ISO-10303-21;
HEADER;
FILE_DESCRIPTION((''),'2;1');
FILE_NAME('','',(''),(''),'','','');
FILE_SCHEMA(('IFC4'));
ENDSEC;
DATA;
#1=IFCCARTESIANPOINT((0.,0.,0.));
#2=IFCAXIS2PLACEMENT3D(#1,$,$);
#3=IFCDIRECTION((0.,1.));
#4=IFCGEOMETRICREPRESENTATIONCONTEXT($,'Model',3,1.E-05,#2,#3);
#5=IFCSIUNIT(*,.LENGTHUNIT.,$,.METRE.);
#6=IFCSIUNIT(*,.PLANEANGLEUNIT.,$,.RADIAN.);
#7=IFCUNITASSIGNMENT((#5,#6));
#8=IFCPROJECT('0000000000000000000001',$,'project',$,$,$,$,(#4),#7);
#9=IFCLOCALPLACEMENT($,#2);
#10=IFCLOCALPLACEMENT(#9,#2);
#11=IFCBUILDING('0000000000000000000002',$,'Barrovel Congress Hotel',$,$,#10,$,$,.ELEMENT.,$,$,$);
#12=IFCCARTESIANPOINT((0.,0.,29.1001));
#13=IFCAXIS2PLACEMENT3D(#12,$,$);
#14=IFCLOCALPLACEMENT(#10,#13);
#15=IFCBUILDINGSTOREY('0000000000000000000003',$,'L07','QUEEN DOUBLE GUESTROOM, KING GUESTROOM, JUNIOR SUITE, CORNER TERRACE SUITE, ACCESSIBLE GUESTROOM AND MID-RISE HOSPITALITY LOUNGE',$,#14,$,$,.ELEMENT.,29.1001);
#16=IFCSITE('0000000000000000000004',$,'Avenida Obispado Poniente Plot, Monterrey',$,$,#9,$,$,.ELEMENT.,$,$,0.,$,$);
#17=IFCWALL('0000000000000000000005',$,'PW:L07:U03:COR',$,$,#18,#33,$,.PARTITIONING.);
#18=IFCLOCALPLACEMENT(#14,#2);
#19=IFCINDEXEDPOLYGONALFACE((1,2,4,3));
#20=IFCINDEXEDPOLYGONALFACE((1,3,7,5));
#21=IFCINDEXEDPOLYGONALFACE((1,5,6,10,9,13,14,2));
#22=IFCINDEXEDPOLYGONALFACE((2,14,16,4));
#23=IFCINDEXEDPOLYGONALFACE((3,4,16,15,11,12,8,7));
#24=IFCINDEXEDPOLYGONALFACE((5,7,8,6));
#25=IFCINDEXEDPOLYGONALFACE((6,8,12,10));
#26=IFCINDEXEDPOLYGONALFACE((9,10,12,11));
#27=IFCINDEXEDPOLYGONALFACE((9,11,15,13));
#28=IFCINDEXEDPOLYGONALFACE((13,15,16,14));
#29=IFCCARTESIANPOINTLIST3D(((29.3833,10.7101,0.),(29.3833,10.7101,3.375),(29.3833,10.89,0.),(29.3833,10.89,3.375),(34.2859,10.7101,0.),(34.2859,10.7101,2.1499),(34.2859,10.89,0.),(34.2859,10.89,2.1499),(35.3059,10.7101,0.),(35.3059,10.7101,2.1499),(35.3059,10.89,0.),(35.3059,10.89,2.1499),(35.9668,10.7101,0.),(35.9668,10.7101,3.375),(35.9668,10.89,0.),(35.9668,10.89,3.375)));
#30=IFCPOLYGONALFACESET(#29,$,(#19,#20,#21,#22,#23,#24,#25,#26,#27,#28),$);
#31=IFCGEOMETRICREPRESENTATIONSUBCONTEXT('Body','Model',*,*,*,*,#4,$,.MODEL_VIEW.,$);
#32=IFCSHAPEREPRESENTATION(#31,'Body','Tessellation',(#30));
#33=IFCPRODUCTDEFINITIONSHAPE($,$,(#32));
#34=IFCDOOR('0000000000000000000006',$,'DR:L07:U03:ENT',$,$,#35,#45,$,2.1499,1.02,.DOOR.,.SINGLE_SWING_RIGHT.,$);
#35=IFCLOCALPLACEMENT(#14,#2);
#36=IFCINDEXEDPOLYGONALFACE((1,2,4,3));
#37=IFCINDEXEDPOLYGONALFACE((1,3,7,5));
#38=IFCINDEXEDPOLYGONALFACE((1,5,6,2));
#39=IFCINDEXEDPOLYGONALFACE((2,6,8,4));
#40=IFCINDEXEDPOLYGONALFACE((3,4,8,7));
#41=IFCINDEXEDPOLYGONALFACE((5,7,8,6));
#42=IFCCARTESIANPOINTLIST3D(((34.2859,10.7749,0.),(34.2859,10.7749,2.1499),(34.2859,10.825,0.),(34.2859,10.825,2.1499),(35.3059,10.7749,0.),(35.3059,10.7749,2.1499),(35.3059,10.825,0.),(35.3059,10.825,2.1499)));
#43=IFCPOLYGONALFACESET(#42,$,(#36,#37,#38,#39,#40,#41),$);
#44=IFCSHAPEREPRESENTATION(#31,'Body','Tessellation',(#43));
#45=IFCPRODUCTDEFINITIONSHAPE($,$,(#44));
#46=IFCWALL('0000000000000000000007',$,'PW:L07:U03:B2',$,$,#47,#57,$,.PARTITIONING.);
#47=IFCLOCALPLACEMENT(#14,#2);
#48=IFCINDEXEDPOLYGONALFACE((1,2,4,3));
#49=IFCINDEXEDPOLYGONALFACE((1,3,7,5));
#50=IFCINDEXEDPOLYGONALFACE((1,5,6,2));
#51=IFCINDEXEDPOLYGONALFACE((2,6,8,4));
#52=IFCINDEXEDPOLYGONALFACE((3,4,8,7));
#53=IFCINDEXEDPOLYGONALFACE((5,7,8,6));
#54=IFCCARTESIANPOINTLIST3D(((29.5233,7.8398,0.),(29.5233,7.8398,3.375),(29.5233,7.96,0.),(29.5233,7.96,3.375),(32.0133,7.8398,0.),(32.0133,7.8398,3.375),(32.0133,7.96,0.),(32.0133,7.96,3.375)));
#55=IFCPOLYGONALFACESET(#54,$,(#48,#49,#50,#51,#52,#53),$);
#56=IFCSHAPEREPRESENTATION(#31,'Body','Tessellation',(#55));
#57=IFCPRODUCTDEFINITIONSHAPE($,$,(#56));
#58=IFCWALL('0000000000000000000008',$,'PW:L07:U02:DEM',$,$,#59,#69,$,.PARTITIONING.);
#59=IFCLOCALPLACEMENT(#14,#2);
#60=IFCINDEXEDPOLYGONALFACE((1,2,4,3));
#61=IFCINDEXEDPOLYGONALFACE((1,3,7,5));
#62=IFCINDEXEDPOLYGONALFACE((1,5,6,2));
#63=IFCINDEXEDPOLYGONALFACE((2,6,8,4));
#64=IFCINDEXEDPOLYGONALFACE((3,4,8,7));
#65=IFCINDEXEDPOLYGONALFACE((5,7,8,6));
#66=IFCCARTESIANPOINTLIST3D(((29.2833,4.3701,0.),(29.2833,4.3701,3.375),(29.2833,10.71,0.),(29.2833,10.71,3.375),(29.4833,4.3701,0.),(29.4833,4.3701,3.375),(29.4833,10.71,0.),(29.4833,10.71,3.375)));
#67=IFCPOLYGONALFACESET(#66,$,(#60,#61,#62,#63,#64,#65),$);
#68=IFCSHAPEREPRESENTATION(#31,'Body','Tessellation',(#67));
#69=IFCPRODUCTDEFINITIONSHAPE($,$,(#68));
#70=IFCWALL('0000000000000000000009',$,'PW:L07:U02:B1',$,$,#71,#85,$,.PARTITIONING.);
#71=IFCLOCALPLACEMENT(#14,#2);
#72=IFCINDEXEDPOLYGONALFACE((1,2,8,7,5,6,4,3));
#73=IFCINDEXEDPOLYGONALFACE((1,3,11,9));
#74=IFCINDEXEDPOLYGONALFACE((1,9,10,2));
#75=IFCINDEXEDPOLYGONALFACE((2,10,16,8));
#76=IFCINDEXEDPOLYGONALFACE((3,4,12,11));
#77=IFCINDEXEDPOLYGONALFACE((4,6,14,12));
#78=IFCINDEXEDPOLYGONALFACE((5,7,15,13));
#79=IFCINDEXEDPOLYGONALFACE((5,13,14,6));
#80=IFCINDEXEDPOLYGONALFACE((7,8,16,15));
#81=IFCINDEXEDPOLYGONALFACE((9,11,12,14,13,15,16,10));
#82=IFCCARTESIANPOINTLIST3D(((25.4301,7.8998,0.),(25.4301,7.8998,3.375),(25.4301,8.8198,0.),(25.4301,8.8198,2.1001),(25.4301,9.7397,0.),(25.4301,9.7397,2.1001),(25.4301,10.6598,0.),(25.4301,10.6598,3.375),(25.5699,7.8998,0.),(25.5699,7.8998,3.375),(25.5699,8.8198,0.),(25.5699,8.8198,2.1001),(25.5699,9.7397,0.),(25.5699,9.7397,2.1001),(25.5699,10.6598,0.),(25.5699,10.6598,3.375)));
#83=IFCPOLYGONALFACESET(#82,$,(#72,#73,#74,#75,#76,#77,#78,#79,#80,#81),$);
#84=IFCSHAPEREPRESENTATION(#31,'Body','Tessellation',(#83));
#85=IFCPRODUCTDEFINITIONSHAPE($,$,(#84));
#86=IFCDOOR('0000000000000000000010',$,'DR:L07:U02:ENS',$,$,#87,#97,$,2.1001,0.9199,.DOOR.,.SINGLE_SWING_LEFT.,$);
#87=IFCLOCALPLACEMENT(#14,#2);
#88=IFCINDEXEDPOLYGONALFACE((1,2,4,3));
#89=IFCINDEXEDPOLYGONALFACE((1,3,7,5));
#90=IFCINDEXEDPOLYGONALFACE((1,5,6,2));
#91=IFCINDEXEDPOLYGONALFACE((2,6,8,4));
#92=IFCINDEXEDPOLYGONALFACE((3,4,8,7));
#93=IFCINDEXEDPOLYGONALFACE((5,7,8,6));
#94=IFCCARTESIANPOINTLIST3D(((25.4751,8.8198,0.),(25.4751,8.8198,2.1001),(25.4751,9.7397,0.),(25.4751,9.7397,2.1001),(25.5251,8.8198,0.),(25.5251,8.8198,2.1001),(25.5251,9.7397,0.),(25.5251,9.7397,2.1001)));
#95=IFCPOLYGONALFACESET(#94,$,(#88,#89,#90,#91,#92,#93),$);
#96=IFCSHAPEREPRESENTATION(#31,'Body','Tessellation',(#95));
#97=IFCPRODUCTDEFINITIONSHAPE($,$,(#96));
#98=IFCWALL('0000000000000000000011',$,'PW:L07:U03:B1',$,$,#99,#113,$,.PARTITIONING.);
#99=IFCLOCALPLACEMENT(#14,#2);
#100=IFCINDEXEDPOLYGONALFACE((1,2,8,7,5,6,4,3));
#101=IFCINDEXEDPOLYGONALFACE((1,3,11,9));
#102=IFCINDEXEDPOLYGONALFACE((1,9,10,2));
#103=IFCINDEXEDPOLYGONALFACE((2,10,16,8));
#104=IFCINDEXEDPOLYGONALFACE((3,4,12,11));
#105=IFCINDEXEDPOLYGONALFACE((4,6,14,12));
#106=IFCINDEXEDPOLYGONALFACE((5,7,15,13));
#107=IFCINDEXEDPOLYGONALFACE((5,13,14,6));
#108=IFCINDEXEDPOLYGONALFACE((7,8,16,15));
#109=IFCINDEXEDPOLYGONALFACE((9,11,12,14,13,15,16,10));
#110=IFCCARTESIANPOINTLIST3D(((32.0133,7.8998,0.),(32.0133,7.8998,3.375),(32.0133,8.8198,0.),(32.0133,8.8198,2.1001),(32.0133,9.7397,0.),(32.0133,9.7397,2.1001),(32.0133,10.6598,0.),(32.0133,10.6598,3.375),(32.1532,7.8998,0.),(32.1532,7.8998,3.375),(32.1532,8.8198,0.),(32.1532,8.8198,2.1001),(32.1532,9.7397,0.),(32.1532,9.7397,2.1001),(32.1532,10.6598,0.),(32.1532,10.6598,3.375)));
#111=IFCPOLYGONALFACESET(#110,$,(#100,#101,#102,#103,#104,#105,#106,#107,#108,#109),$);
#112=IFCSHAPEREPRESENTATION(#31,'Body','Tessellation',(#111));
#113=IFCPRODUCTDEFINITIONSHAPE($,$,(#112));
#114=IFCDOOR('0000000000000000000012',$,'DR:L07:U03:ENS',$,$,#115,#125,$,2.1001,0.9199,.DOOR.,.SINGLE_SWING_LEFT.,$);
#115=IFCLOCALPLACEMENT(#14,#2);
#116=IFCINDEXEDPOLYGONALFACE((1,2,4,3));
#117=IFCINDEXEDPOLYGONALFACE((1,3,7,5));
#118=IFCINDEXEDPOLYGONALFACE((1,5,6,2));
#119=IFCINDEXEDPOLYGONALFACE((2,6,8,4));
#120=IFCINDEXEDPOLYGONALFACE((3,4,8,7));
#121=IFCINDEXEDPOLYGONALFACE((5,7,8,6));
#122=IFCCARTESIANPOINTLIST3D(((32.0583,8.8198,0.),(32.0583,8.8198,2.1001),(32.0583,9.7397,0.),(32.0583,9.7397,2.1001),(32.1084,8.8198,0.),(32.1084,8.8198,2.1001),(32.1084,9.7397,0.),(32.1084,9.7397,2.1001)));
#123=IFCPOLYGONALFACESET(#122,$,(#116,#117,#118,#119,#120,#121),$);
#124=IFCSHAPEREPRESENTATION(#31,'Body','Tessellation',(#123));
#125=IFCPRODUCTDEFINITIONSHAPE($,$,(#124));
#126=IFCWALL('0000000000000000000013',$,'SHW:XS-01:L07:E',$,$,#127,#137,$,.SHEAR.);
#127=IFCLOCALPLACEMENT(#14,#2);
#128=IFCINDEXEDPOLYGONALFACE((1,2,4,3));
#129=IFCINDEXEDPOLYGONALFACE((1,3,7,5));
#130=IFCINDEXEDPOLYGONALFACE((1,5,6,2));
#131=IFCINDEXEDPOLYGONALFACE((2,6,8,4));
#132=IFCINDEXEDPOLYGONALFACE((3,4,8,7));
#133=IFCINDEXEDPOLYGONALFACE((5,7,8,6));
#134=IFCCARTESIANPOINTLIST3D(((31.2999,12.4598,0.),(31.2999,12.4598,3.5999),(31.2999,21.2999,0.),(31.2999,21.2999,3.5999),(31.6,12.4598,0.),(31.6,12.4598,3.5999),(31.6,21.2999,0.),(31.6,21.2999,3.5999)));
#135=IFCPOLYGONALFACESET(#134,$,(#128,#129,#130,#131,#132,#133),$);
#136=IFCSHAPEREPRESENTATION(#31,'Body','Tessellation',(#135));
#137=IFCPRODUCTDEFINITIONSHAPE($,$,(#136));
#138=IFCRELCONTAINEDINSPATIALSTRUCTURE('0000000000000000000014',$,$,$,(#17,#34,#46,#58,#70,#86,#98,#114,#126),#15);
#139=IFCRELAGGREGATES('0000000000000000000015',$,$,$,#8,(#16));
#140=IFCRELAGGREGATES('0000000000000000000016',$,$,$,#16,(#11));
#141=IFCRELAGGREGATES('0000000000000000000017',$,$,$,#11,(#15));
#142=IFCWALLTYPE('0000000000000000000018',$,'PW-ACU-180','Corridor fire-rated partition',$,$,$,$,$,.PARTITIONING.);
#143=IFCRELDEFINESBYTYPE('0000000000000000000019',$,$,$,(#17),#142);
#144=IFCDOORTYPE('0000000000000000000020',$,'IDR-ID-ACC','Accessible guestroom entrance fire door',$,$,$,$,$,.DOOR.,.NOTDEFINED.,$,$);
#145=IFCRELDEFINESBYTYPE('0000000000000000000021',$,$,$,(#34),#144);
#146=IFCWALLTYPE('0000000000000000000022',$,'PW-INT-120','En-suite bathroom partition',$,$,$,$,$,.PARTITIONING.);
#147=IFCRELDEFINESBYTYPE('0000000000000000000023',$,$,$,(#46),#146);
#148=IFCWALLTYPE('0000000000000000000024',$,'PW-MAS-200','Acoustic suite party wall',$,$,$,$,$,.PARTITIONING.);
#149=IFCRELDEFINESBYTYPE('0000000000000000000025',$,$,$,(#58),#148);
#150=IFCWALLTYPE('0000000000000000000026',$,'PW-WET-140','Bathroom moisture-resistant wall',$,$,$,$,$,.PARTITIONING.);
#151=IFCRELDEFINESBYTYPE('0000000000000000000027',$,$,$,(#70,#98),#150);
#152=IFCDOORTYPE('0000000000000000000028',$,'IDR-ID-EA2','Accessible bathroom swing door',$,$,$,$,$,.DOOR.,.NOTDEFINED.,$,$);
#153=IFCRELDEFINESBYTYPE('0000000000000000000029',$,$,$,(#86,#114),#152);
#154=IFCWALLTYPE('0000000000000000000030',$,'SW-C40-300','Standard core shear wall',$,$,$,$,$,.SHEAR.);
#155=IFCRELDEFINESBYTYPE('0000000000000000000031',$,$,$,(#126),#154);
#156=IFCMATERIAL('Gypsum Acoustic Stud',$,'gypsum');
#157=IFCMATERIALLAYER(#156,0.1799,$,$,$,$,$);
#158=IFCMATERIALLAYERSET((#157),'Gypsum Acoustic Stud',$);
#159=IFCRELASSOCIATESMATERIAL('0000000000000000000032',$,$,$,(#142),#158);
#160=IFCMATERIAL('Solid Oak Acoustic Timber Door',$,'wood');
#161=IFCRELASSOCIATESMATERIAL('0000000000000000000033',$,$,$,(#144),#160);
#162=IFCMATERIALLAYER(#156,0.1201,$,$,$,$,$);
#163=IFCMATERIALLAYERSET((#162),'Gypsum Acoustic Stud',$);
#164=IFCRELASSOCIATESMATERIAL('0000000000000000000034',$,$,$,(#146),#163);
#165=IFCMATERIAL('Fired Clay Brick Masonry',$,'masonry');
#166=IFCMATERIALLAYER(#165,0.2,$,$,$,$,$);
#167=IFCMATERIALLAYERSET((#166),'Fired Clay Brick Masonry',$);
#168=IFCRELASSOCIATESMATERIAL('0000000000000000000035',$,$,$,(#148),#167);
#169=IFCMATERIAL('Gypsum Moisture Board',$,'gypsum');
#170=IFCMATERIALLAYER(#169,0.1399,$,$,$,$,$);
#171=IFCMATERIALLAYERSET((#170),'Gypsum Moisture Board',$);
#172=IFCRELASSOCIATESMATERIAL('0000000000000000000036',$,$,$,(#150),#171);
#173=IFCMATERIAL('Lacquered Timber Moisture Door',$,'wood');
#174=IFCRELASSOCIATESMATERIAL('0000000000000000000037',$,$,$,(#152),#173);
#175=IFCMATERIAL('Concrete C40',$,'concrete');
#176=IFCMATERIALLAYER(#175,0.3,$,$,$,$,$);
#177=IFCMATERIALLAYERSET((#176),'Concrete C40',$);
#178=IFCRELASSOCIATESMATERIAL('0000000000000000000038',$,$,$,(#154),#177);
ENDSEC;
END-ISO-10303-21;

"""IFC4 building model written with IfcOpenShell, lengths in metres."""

from ifc_helpers import new_model, si_unit, direction, frame, frame_2d, origin, place, context, subcontext, project, spatial, rectangle, extrude, material, layer, layer_set, type_object, element, fill, save


model = new_model("IFC4")

# Units and contexts
model_context = context("Model", 3, precision=1e-05, world=origin(), true_north=direction((0.0, 1.0)))
body_context = subcontext(model_context, "Body", "Model", "MODEL_VIEW")
ifc_project = project(units=[si_unit("LENGTHUNIT", "METRE"), si_unit("PLANEANGLEUNIT", "RADIAN")], contexts=[model_context])

# Site, building, storey
site_placement = place(None, origin())
site = spatial("IfcSite", under=ifc_project, at=site_placement, Name="Avenida Obispado Poniente Plot, Monterrey", CompositionType="ELEMENT", RefElevation=0.0)
building_placement = place(site_placement, origin())
building = spatial("IfcBuilding", under=site, at=building_placement, Name="Barrovel Congress Hotel", CompositionType="ELEMENT")
storey_placement = place(building_placement, frame((0.0, 0.0, 29.1001)))
storey = spatial("IfcBuildingStorey", under=building, at=storey_placement, Name="L07", Description="QUEEN DOUBLE GUESTROOM, KING GUESTROOM, JUNIOR SUITE, CORNER TERRACE SUITE, ACCESSIBLE GUESTROOM AND MID-RISE HOSPITALITY LOUNGE", CompositionType="ELEMENT", Elevation=29.1001)

# Shared definitions
ifc_material_1 = material(Name="Concrete C40", Category="concrete")

# Shared definitions
ifc_material_2 = material(Name="Fired Clay Brick Masonry", Category="masonry")

# Wall, opening, door
ifc_material_3 = material(Name="Gypsum Acoustic Stud", Category="gypsum")
ifc_layer_1 = layer(ifc_material_3, 0.1799)
ifc_layer_set_1 = layer_set([ifc_layer_1], Name="Gypsum Acoustic Stud")
wall_type_1 = type_object("IfcWallType", Name="PW-ACU-180", Description="Corridor fire-rated partition", PredefinedType="PARTITIONING", material=ifc_layer_set_1)
wall_1_placement = place(storey_placement, frame((29.3833, 10.8, 0.0), z_axis=(0.0, 0.0, 1.0), x_axis=(1.0, 0.0, 0.0)))
wall_1 = element("IfcWall", 1, at=wall_1_placement, inside=storey, type_object=wall_type_1, Name="PW:L07:U03:COR", PredefinedType="PARTITIONING", context=body_context, shape_type="SweptSolid", body=[
    extrude(rectangle(XDim=6.5835, YDim=0.1799, at=frame_2d((3.2917, 0.0))), origin(), (0.0, 0.0, 1.0), 3.375),
])
opening_1_placement = place(wall_1_placement, frame((4.9026, 0.0, 0.0)))
opening_1 = element("IfcOpeningElement", 2, at=opening_1_placement, cuts=wall_1, PredefinedType="OPENING", context=body_context, shape_type="SweptSolid", body=[
    extrude(rectangle(XDim=1.02, YDim=2.1499, at=frame_2d((0.51, 1.075))), frame((0.0, 0.1001, 0.0), z_axis=(0.0, -1.0, 0.0), x_axis=(1.0, 0.0, 0.0)), (0.0, 0.0, 1.0), 0.2),
])
ifc_material_4 = material(Name="Solid Oak Acoustic Timber Door", Category="wood")
door_type_1 = type_object("IfcDoorType", Name="IDR-ID-ACC", Description="Accessible guestroom entrance fire door", OperationType="NOTDEFINED", PredefinedType="DOOR", material=ifc_material_4)
door_1_placement = place(opening_1_placement, origin())
door_1 = element("IfcDoor", 3, at=door_1_placement, inside=storey, type_object=door_type_1, Name="DR:L07:U03:ENT", OperationType="SINGLE_SWING_RIGHT", OverallHeight=2.1499, OverallWidth=1.02, PredefinedType="DOOR", context=body_context, shape_type="SweptSolid", body=[
    extrude(rectangle(XDim=1.02, YDim=2.1499, at=frame_2d((0.51, 1.075))), frame((0.0, 0.0249, 0.0), z_axis=(0.0, -1.0, 0.0), x_axis=(1.0, 0.0, 0.0)), (0.0, 0.0, 1.0), 0.05),
])
fill(opening_1, door_1)

# Walls
ifc_layer_2 = layer(ifc_material_3, 0.1201)
ifc_layer_set_2 = layer_set([ifc_layer_2], Name="Gypsum Acoustic Stud")
wall_type_2 = type_object("IfcWallType", Name="PW-INT-120", Description="En-suite bathroom partition", PredefinedType="PARTITIONING", material=ifc_layer_set_2)
wall_2_placement = place(storey_placement, frame((29.5232, 7.8999, 0.0), z_axis=(0.0, 0.0, 1.0), x_axis=(1.0, 0.0, 0.0)))
element("IfcWall", 4, at=wall_2_placement, inside=storey, type_object=wall_type_2, Name="PW:L07:U03:B2", PredefinedType="PARTITIONING", context=body_context, shape_type="SweptSolid", body=[
    extrude(rectangle(XDim=2.49, YDim=0.1201, at=frame_2d((1.2451, 0.0))), origin(), (0.0, 0.0, 1.0), 3.375),
])
ifc_layer_3 = layer(ifc_material_2, 0.2)
ifc_layer_set_3 = layer_set([ifc_layer_3], Name="Fired Clay Brick Masonry")
wall_type_3 = type_object("IfcWallType", Name="PW-MAS-200", Description="Acoustic suite party wall", PredefinedType="PARTITIONING", material=ifc_layer_set_3)
wall_3_placement = place(storey_placement, frame((29.3833, 4.3701, 0.0), z_axis=(0.0, 0.0, 1.0), x_axis=(0.0, 1.0, 0.0)))
element("IfcWall", 5, at=wall_3_placement, inside=storey, type_object=wall_type_3, Name="PW:L07:U02:DEM", PredefinedType="PARTITIONING", context=body_context, shape_type="SweptSolid", body=[
    extrude(rectangle(XDim=6.3398, YDim=0.2, at=frame_2d((3.1699, 0.0))), origin(), (0.0, 0.0, 1.0), 3.375),
])

# Walls, openings, doors
ifc_material_5 = material(Name="Gypsum Moisture Board", Category="gypsum")
ifc_layer_4 = layer(ifc_material_5, 0.1399)
ifc_layer_set_4 = layer_set([ifc_layer_4], Name="Gypsum Moisture Board")
wall_type_4 = type_object("IfcWallType", Name="PW-WET-140", Description="Bathroom moisture-resistant wall", PredefinedType="PARTITIONING", material=ifc_layer_set_4)
wall_4_placement = place(storey_placement, frame((25.5, 7.8999, 0.0), z_axis=(0.0, 0.0, 1.0), x_axis=(0.0, 1.0, 0.0)))
wall_4 = element("IfcWall", 6, at=wall_4_placement, inside=storey, type_object=wall_type_4, Name="PW:L07:U02:B1", PredefinedType="PARTITIONING", context=body_context, shape_type="SweptSolid", body=[
    extrude(rectangle(XDim=2.76, YDim=0.1399, at=frame_2d((1.3799, 0.0))), origin(), (0.0, 0.0, 1.0), 3.375),
])
opening_2_placement = place(wall_4_placement, frame((0.9199, 0.0, 0.0)))
opening_2 = element("IfcOpeningElement", 7, at=opening_2_placement, cuts=wall_4, PredefinedType="OPENING", context=body_context, shape_type="SweptSolid", body=[
    extrude(rectangle(XDim=0.9199, YDim=2.1001, at=frame_2d((0.46, 1.05))), frame((0.0, 0.0801, 0.0), z_axis=(0.0, -1.0, 0.0), x_axis=(1.0, 0.0, 0.0)), (0.0, 0.0, 1.0), 0.1599),
])
ifc_material_6 = material(Name="Lacquered Timber Moisture Door", Category="wood")
door_type_2 = type_object("IfcDoorType", Name="IDR-ID-EA2", Description="Accessible bathroom swing door", OperationType="NOTDEFINED", PredefinedType="DOOR", material=ifc_material_6)
door_2_placement = place(opening_2_placement, origin())
door_2 = element("IfcDoor", 8, at=door_2_placement, inside=storey, type_object=door_type_2, Name="DR:L07:U02:ENS", OperationType="SINGLE_SWING_LEFT", OverallHeight=2.1001, OverallWidth=0.9199, PredefinedType="DOOR", context=body_context, shape_type="SweptSolid", body=[
    extrude(rectangle(XDim=0.9199, YDim=2.1001, at=frame_2d((0.46, 1.05))), frame((0.0, 0.0249, 0.0), z_axis=(0.0, -1.0, 0.0), x_axis=(1.0, 0.0, 0.0)), (0.0, 0.0, 1.0), 0.05),
])
fill(opening_2, door_2)
wall_5_placement = place(storey_placement, frame((32.0833, 7.8999, 0.0), z_axis=(0.0, 0.0, 1.0), x_axis=(0.0, 1.0, 0.0)))
wall_5 = element("IfcWall", 9, at=wall_5_placement, inside=storey, type_object=wall_type_4, Name="PW:L07:U03:B1", PredefinedType="PARTITIONING", context=body_context, shape_type="SweptSolid", body=[
    extrude(rectangle(XDim=2.76, YDim=0.1399, at=frame_2d((1.3799, 0.0))), origin(), (0.0, 0.0, 1.0), 3.375),
])
opening_3_placement = place(wall_5_placement, frame((0.9199, 0.0, 0.0)))
opening_3 = element("IfcOpeningElement", 10, at=opening_3_placement, cuts=wall_5, PredefinedType="OPENING", context=body_context, shape_type="SweptSolid", body=[
    extrude(rectangle(XDim=0.9199, YDim=2.1001, at=frame_2d((0.46, 1.05))), frame((0.0, 0.0801, 0.0), z_axis=(0.0, -1.0, 0.0), x_axis=(1.0, 0.0, 0.0)), (0.0, 0.0, 1.0), 0.1599),
])
door_3_placement = place(opening_3_placement, origin())
door_3 = element("IfcDoor", 11, at=door_3_placement, inside=storey, type_object=door_type_2, Name="DR:L07:U03:ENS", OperationType="SINGLE_SWING_LEFT", OverallHeight=2.1001, OverallWidth=0.9199, PredefinedType="DOOR", context=body_context, shape_type="SweptSolid", body=[
    extrude(rectangle(XDim=0.9199, YDim=2.1001, at=frame_2d((0.46, 1.05))), frame((0.0, 0.0249, 0.0), z_axis=(0.0, -1.0, 0.0), x_axis=(1.0, 0.0, 0.0)), (0.0, 0.0, 1.0), 0.05),
])
fill(opening_3, door_3)
ifc_layer_5 = layer(ifc_material_1, 0.3)
ifc_layer_set_5 = layer_set([ifc_layer_5], Name="Concrete C40")
wall_type_5 = type_object("IfcWallType", Name="SW-C40-300", Description="Standard core shear wall", PredefinedType="SHEAR", material=ifc_layer_set_5)

# Wall
wall_6_placement = place(storey_placement, frame((31.45, 12.46, 0.0), z_axis=(0.0, 0.0, 1.0), x_axis=(0.0, 1.0, 0.0)))
element("IfcWall", 12, at=wall_6_placement, inside=storey, type_object=wall_type_5, Name="SHW:XS-01:L07:E", PredefinedType="SHEAR", context=body_context, shape_type="SweptSolid", body=[
    extrude(rectangle(XDim=8.8401, YDim=0.3, at=frame_2d((4.4199, 0.0))), origin(), (0.0, 0.0, 1.0), 3.5999),
])

save(model, "model.ifc")
